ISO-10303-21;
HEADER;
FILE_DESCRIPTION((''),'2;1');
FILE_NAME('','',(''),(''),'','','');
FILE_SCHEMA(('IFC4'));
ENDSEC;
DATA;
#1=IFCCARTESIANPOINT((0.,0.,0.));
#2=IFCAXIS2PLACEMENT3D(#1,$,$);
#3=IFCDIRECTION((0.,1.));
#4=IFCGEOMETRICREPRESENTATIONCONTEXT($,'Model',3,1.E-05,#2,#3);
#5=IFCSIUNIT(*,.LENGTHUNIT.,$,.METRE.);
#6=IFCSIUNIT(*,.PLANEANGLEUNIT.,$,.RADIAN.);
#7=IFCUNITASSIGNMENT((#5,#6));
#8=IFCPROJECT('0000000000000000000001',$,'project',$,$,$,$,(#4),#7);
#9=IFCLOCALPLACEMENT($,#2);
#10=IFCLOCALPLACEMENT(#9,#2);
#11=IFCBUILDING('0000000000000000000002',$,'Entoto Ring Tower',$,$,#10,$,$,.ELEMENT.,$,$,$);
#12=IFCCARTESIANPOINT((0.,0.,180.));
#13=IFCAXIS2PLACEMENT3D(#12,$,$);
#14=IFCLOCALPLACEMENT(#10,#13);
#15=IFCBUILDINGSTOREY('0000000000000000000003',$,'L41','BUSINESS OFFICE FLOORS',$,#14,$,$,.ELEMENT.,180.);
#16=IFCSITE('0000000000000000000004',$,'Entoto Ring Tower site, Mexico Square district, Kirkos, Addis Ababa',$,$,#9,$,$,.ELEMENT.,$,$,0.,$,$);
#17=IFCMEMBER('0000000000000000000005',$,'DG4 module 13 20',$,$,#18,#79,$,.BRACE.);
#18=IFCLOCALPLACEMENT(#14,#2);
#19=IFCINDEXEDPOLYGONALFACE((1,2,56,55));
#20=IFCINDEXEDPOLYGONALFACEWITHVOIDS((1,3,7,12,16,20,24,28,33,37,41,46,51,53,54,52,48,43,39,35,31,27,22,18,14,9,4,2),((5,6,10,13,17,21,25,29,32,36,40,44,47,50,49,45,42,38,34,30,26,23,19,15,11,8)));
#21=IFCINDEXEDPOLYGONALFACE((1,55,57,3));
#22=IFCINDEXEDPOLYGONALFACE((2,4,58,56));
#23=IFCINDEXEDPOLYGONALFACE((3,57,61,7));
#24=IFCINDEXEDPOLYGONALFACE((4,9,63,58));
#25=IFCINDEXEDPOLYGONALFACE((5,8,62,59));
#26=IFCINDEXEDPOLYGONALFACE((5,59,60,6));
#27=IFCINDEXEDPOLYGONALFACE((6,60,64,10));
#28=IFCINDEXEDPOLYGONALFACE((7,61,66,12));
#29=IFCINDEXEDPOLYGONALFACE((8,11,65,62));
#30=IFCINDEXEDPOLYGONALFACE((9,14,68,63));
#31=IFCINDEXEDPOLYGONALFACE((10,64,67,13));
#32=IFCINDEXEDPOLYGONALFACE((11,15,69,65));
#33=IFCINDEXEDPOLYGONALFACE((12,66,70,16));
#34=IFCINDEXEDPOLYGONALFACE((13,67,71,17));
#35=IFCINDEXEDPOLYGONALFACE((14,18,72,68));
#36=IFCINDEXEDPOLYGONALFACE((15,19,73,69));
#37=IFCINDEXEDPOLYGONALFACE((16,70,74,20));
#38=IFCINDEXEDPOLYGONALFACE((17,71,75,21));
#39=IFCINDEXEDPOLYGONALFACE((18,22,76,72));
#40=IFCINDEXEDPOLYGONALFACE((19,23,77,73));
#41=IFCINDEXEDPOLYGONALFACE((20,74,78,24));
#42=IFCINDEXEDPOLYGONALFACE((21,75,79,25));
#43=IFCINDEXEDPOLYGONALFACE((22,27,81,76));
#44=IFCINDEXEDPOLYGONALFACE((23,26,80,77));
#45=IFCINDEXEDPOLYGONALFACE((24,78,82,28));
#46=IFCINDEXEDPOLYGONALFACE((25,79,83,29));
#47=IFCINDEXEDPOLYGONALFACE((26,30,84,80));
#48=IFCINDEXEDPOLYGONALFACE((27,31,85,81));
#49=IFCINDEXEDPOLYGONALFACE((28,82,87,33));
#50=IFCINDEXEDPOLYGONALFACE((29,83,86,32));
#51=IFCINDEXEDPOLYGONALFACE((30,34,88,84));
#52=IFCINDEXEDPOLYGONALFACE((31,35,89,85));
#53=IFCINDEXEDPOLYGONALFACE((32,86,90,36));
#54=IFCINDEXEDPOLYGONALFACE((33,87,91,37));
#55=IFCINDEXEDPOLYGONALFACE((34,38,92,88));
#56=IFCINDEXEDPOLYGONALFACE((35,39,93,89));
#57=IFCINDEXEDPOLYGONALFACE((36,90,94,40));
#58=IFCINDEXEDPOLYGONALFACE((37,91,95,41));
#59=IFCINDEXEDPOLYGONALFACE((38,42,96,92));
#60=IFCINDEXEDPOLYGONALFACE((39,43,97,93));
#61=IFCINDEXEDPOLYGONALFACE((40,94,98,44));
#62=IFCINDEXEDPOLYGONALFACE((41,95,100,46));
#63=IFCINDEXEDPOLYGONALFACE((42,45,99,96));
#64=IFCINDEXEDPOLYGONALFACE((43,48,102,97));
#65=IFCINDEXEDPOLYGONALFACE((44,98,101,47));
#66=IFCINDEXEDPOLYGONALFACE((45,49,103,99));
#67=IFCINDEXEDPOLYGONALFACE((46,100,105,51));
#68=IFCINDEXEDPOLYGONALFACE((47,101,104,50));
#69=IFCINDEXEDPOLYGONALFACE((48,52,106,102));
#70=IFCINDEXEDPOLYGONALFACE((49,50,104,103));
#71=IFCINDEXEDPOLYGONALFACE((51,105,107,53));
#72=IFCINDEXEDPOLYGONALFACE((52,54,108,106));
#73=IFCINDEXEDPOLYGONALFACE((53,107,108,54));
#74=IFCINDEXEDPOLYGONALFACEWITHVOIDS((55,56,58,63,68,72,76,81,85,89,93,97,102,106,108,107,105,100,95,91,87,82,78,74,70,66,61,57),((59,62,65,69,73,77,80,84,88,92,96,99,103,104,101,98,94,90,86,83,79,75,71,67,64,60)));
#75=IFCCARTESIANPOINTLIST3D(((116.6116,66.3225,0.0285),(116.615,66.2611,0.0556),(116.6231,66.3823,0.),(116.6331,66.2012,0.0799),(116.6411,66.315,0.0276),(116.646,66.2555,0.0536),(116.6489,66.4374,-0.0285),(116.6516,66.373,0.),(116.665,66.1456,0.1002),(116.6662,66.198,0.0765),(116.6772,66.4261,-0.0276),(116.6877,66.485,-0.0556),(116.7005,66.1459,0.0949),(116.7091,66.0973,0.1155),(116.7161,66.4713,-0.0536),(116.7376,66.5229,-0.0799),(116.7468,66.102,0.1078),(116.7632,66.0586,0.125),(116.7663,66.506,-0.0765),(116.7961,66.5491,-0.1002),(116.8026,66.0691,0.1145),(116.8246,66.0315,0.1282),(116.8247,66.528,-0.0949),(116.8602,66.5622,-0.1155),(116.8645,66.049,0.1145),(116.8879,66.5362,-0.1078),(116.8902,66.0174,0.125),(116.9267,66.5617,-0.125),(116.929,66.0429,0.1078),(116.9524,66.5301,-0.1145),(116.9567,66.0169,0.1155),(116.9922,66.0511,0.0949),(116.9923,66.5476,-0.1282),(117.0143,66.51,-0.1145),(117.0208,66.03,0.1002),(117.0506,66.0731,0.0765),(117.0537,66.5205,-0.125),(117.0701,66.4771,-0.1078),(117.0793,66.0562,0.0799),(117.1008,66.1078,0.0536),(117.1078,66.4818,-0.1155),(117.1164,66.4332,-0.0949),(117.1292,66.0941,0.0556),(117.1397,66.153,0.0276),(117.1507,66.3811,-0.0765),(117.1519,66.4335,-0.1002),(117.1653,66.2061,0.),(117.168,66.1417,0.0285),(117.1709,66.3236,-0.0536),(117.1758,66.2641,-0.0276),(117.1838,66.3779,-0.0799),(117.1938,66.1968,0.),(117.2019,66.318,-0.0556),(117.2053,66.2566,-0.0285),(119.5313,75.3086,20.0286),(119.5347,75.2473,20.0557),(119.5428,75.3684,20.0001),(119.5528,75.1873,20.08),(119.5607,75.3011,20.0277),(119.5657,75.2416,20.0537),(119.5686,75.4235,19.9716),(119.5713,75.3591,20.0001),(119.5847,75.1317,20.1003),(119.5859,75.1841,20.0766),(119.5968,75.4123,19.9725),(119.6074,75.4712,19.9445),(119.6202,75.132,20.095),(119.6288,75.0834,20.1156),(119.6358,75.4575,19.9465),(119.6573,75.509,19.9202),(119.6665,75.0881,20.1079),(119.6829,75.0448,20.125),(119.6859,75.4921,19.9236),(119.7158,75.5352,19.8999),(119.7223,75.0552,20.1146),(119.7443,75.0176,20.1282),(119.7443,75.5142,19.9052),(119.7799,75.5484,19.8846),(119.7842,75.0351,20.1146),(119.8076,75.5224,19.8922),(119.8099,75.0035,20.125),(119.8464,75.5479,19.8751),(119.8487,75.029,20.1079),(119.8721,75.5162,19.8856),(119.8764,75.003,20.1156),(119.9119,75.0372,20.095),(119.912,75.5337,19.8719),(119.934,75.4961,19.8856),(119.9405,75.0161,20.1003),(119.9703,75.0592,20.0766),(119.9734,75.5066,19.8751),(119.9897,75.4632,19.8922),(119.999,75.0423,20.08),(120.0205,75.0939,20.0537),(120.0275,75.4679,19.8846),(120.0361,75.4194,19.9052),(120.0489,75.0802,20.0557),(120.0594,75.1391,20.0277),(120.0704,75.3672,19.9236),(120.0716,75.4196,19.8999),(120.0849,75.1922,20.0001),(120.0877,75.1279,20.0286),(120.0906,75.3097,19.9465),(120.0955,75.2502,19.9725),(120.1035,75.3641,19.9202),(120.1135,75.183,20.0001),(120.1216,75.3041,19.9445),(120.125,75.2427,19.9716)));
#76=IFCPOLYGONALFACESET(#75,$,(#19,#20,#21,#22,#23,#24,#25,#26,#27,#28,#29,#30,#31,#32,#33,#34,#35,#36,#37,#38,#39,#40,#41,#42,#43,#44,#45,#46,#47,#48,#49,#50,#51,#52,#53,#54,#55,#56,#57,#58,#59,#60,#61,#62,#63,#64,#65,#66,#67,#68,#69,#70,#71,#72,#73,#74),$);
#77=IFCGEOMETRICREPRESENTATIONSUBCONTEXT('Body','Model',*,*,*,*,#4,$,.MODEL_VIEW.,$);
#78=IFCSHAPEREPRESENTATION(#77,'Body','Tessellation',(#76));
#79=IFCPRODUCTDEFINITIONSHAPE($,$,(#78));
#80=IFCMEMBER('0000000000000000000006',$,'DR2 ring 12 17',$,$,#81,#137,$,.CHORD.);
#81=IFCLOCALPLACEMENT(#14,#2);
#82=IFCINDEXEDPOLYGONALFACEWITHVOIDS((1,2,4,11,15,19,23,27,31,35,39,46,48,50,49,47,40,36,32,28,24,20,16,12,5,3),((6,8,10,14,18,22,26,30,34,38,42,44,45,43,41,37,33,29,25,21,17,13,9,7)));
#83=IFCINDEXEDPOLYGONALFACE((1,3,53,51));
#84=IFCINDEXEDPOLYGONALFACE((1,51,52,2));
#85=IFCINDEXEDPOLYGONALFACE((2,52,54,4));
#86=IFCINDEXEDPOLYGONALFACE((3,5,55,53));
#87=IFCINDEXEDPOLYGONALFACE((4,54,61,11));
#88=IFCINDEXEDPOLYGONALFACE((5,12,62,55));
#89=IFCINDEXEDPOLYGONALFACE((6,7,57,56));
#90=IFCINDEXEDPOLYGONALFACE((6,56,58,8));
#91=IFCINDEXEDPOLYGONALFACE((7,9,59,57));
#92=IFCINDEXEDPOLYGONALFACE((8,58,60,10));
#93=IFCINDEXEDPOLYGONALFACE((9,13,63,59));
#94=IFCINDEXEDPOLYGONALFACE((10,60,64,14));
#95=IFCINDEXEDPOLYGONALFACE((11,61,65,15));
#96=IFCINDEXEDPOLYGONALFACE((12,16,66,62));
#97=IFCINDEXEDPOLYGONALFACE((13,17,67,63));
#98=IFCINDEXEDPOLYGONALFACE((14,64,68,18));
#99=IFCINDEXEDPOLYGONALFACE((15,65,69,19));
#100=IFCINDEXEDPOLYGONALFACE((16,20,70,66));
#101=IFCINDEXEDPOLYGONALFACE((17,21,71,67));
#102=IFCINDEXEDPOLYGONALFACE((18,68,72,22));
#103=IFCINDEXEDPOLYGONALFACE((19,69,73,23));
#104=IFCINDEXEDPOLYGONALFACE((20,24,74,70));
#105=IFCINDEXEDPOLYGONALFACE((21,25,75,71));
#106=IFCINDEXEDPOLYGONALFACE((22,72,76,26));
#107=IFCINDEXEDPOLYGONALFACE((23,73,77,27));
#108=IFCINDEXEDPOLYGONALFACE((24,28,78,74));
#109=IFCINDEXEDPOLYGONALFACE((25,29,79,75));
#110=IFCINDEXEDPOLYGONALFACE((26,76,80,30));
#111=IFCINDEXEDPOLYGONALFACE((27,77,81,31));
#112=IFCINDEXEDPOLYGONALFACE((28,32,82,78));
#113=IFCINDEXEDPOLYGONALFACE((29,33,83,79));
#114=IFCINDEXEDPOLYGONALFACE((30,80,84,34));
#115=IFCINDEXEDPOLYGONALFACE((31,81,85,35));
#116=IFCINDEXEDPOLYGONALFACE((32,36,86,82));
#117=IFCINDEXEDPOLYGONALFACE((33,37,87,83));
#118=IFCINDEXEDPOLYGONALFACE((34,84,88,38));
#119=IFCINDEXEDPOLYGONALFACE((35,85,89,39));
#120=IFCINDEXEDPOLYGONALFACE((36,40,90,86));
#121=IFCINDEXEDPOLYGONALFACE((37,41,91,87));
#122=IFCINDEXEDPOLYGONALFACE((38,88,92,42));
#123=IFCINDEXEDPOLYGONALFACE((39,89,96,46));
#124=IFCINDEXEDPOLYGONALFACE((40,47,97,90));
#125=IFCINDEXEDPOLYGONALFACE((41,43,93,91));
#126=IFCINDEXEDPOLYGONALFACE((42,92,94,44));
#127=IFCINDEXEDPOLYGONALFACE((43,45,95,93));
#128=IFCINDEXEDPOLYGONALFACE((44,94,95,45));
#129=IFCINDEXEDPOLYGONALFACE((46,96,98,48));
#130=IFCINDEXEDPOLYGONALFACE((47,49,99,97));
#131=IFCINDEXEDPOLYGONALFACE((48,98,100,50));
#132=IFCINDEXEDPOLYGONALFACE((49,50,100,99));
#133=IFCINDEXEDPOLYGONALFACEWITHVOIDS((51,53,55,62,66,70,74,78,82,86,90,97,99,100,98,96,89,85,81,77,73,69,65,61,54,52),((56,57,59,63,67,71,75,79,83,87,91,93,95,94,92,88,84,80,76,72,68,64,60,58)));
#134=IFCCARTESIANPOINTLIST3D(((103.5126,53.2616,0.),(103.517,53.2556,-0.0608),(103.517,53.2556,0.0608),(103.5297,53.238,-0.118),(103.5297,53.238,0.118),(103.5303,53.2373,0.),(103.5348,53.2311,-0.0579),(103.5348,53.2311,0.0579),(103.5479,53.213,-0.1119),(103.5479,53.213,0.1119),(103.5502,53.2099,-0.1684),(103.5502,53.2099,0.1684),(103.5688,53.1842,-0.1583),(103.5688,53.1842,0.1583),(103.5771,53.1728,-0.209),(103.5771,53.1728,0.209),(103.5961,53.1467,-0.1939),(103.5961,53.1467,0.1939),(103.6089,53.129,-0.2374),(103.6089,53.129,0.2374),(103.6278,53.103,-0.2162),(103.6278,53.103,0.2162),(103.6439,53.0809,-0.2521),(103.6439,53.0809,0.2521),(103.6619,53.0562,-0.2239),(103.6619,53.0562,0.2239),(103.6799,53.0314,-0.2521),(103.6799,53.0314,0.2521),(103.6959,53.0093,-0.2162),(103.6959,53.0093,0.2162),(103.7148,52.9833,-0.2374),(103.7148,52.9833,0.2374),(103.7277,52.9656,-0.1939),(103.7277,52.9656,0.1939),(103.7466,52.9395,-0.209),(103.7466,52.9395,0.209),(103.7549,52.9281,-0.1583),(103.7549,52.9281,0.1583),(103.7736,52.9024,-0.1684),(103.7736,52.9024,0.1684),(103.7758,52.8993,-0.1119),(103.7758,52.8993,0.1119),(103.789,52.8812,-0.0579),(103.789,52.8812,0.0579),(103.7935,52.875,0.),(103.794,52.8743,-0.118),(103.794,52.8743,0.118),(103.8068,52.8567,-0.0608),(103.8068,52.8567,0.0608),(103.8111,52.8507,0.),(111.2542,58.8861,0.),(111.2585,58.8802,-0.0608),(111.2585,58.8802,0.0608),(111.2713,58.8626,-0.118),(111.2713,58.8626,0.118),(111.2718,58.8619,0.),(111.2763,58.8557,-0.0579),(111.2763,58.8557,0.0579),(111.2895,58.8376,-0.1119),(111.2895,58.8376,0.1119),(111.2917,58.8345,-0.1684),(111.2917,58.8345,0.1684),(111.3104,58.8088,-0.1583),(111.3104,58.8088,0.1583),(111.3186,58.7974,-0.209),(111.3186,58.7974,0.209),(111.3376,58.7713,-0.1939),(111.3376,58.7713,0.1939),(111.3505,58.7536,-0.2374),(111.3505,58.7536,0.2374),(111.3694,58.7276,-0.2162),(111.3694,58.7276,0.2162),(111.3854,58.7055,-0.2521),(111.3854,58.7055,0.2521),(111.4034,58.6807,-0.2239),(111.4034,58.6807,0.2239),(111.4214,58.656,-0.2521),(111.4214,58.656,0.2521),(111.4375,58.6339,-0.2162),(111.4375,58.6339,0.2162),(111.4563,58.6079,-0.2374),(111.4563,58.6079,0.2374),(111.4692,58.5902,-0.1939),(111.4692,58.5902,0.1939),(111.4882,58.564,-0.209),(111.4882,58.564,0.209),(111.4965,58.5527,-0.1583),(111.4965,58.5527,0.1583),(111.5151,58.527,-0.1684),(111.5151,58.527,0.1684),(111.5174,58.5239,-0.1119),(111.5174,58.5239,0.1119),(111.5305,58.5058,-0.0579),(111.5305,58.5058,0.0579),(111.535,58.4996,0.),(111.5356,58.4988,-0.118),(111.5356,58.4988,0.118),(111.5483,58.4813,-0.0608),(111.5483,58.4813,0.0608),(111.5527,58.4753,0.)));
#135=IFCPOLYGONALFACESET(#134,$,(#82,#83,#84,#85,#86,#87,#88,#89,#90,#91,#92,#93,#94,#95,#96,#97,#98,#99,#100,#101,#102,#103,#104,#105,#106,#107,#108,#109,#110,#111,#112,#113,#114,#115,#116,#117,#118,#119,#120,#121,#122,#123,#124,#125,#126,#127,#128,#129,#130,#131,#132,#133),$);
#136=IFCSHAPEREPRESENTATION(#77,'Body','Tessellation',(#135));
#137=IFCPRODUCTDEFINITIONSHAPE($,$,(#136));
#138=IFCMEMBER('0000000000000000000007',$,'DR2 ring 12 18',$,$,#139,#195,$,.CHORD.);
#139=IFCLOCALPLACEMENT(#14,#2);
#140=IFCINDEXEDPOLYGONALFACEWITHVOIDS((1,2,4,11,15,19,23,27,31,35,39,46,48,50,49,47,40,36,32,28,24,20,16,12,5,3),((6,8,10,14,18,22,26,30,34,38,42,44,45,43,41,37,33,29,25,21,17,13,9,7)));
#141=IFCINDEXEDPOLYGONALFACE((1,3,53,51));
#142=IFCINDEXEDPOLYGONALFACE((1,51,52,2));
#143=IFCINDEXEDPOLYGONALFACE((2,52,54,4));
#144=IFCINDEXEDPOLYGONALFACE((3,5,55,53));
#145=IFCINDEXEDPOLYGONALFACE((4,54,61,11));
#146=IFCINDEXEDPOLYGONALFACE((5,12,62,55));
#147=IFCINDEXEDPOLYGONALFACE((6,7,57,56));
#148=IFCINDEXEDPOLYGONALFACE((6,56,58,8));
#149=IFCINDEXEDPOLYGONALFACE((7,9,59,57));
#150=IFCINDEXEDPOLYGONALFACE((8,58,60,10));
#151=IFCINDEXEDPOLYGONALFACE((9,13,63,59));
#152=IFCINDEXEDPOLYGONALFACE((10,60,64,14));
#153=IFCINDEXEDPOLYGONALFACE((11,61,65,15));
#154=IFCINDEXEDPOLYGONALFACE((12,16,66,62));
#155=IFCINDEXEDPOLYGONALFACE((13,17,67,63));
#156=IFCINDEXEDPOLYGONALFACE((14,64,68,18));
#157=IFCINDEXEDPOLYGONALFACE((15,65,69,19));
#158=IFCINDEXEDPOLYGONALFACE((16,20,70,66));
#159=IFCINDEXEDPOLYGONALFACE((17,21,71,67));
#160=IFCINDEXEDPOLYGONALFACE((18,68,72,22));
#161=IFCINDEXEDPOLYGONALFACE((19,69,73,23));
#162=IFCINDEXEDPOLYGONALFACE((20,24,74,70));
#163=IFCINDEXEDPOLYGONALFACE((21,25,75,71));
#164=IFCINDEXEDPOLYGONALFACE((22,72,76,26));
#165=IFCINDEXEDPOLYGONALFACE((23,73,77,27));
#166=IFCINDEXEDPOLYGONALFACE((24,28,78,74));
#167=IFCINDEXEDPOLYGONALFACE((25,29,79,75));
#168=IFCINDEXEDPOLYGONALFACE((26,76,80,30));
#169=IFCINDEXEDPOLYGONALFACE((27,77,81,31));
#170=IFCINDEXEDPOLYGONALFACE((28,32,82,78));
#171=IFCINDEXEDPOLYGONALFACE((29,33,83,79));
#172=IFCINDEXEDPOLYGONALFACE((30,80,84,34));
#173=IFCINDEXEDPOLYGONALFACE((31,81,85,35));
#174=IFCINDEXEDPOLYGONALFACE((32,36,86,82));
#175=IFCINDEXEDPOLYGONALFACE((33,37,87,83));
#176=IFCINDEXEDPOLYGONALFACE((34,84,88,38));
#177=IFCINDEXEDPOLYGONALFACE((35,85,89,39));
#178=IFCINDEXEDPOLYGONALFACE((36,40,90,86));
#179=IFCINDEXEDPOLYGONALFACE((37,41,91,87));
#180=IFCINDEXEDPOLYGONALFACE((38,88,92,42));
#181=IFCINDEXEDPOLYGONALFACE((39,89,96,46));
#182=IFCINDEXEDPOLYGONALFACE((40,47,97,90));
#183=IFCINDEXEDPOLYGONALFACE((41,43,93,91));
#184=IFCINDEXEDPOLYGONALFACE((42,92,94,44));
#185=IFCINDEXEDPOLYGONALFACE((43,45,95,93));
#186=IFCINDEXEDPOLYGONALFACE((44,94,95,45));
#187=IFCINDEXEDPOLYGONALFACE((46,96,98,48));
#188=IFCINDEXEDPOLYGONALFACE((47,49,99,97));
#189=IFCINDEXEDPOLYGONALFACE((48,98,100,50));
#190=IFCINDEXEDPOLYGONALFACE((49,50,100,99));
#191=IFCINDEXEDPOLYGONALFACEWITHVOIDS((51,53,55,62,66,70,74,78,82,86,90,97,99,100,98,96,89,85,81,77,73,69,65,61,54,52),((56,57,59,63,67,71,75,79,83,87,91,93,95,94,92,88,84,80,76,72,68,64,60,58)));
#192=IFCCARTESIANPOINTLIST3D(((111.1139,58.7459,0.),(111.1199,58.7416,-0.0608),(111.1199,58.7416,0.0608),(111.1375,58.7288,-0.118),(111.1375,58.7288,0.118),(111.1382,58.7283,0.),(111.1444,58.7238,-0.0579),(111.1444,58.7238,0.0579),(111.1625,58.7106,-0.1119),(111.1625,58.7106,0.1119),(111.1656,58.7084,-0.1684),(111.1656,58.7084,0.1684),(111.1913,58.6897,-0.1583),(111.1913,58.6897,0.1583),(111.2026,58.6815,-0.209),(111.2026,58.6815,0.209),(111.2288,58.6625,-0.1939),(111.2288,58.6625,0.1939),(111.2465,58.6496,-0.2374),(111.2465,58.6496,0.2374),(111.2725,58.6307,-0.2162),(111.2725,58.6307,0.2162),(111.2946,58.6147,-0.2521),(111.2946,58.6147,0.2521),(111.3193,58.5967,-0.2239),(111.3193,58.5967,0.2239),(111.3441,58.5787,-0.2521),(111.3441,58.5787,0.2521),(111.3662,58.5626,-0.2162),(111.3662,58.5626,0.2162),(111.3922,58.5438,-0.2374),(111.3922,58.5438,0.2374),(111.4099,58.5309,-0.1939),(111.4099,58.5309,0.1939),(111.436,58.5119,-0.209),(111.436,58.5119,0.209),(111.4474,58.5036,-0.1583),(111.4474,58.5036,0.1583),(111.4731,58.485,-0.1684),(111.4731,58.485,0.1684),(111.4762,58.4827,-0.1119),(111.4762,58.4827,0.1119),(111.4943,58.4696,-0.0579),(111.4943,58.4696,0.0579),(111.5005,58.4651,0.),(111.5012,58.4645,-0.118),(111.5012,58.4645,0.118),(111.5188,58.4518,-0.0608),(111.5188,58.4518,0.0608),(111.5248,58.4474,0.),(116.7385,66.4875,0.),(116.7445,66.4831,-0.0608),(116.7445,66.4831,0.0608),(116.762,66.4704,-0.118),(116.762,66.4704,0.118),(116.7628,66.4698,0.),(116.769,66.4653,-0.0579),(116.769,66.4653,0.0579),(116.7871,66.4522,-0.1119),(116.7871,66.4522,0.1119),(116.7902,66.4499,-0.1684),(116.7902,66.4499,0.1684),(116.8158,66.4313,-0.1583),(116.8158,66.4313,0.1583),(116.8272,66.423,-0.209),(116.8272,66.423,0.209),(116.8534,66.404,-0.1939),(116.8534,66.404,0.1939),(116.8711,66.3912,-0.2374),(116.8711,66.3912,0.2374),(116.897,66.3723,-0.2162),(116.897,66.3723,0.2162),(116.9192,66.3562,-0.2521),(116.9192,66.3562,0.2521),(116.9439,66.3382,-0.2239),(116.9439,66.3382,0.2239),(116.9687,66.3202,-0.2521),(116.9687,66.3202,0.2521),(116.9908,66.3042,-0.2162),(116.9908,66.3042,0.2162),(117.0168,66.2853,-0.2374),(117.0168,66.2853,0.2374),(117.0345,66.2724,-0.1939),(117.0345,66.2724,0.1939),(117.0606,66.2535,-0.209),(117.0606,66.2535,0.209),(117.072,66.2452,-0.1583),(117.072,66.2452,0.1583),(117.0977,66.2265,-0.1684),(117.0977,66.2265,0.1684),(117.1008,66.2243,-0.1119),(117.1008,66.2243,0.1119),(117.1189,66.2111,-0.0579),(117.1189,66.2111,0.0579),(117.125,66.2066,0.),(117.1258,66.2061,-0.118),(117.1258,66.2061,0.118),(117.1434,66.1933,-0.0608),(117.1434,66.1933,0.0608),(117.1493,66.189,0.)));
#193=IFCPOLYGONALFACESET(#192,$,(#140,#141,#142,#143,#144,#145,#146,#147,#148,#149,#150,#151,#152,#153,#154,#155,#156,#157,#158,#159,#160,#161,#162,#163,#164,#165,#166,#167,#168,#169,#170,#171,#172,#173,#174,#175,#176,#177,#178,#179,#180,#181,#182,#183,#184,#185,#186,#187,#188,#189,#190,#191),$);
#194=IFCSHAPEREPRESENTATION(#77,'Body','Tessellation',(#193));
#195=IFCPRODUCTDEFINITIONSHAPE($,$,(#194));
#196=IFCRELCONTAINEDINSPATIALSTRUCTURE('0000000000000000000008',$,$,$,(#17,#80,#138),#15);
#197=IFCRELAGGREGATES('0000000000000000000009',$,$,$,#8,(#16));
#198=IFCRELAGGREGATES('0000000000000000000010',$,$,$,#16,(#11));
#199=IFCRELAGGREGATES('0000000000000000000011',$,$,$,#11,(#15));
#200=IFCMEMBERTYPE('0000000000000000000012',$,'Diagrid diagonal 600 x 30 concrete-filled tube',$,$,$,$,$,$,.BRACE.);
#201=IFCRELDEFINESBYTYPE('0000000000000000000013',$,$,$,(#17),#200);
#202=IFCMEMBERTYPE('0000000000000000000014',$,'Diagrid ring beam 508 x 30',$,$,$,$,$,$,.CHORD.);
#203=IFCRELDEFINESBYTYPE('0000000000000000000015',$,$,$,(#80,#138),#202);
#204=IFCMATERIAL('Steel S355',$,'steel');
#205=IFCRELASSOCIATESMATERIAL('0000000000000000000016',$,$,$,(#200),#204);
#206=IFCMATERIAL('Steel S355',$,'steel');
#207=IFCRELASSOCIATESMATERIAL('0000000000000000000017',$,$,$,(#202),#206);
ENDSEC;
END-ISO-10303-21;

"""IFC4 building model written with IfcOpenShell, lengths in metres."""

from ifc_helpers import new_model, si_unit, direction, frame, origin, origin_2d, place, context, subcontext, project, spatial, circle, hollow_circle, extrude, material, material_profile, profile_set, type_object, element, save


model = new_model("IFC4")

# Units and contexts
model_context = context("Model", 3, precision=1e-05, world=origin(), true_north=direction((0.0, 1.0)))
body_context = subcontext(model_context, "Body", "Model", "MODEL_VIEW")
ifc_project = project(units=[si_unit("LENGTHUNIT", "METRE"), si_unit("PLANEANGLEUNIT", "RADIAN")], contexts=[model_context])

# Site, building, storey
site_placement = place(None, origin())
site = spatial("IfcSite", under=ifc_project, at=site_placement, Name="Entoto Ring Tower site, Mexico Square district, Kirkos, Addis Ababa", CompositionType="ELEMENT", RefElevation=0.0)
building_placement = place(site_placement, origin())
building = spatial("IfcBuilding", under=site, at=building_placement, Name="Entoto Ring Tower", CompositionType="ELEMENT")
storey_placement = place(building_placement, frame((0.0, 0.0, 180.0)))
storey = spatial("IfcBuildingStorey", under=building, at=storey_placement, Name="L41", Description="BUSINESS OFFICE FLOORS", CompositionType="ELEMENT", Elevation=180.0)

# Members
ifc_material_1 = material(Name="Steel S355", Category="steel")
ifc_material_profile_1 = material_profile(ifc_material_1, hollow_circle(Radius=0.3, WallThickness=0.03, at=origin_2d()), Name="CHS 600 x 30")
ifc_material_2 = material(Name="Concrete C60/75", Category="concrete")
ifc_material_profile_2 = material_profile(ifc_material_2, circle(Radius=0.27, at=origin_2d()), Name="Concrete C60/75 infill")
ifc_profile_set_1 = profile_set([ifc_material_profile_1, ifc_material_profile_2], Name="Steel S355")
member_type_1 = type_object("IfcMemberType", Name="Diagrid diagonal 600 x 30 concrete-filled tube", PredefinedType="BRACE", material=ifc_profile_set_1)
for number, where, z_axis, x_axis, name in (
    (1, (116.9084, 66.2896, 0.0), (0.131995, 0.406251, 0.904178), (-0.951059, 0.30901, 0.0), "DG4 module 13 20"),
):
    element("IfcMember", number, at=place(storey_placement, frame(where, z_axis=z_axis, x_axis=x_axis)), inside=storey, type_object=member_type_1, Name=name, PredefinedType="BRACE", context=body_context, shape_type="SweptSolid", body=[
        extrude(hollow_circle(Radius=0.3, WallThickness=0.03, at=origin_2d()), origin(), (0.0, 0.0, 1.0), 22.1196),
    ])
ifc_material_3 = material(Name="Steel S355", Category="steel")
ifc_material_profile_3 = material_profile(ifc_material_3, hollow_circle(Radius=0.2539, WallThickness=0.03, at=origin_2d()), Name="CHS 508 x 30")
ifc_material_4 = material(Name="Concrete C60/75", Category="concrete")
ifc_material_profile_4 = material_profile(ifc_material_4, circle(Radius=0.2241, at=origin_2d()), Name="Concrete C60/75 infill")
ifc_profile_set_2 = profile_set([ifc_material_profile_3, ifc_material_profile_4], Name="Steel S355")
member_type_2 = type_object("IfcMemberType", Name="Diagrid ring beam 508 x 30", PredefinedType="CHORD", material=ifc_profile_set_2)
for number, where, z_axis, x_axis, name in (
    (2, (103.6619, 53.0562, 0.0), (0.809016, 0.587786, 0.0), (-0.587786, 0.809016, 0.0), "DR2 ring 12 17"),
    (3, (111.3193, 58.5967, 0.0), (0.587786, 0.809016, 0.0), (-0.809016, 0.587786, 0.0), "DR2 ring 12 18"),
):
    element("IfcMember", number, at=place(storey_placement, frame(where, z_axis=z_axis, x_axis=x_axis)), inside=storey, type_object=member_type_2, Name=name, PredefinedType="CHORD", context=body_context, shape_type="SweptSolid", body=[
        extrude(hollow_circle(Radius=0.2539, WallThickness=0.03, at=origin_2d()), origin(), (0.0, 0.0, 1.0), 9.5691),
    ])

save(model, "model.ifc")
